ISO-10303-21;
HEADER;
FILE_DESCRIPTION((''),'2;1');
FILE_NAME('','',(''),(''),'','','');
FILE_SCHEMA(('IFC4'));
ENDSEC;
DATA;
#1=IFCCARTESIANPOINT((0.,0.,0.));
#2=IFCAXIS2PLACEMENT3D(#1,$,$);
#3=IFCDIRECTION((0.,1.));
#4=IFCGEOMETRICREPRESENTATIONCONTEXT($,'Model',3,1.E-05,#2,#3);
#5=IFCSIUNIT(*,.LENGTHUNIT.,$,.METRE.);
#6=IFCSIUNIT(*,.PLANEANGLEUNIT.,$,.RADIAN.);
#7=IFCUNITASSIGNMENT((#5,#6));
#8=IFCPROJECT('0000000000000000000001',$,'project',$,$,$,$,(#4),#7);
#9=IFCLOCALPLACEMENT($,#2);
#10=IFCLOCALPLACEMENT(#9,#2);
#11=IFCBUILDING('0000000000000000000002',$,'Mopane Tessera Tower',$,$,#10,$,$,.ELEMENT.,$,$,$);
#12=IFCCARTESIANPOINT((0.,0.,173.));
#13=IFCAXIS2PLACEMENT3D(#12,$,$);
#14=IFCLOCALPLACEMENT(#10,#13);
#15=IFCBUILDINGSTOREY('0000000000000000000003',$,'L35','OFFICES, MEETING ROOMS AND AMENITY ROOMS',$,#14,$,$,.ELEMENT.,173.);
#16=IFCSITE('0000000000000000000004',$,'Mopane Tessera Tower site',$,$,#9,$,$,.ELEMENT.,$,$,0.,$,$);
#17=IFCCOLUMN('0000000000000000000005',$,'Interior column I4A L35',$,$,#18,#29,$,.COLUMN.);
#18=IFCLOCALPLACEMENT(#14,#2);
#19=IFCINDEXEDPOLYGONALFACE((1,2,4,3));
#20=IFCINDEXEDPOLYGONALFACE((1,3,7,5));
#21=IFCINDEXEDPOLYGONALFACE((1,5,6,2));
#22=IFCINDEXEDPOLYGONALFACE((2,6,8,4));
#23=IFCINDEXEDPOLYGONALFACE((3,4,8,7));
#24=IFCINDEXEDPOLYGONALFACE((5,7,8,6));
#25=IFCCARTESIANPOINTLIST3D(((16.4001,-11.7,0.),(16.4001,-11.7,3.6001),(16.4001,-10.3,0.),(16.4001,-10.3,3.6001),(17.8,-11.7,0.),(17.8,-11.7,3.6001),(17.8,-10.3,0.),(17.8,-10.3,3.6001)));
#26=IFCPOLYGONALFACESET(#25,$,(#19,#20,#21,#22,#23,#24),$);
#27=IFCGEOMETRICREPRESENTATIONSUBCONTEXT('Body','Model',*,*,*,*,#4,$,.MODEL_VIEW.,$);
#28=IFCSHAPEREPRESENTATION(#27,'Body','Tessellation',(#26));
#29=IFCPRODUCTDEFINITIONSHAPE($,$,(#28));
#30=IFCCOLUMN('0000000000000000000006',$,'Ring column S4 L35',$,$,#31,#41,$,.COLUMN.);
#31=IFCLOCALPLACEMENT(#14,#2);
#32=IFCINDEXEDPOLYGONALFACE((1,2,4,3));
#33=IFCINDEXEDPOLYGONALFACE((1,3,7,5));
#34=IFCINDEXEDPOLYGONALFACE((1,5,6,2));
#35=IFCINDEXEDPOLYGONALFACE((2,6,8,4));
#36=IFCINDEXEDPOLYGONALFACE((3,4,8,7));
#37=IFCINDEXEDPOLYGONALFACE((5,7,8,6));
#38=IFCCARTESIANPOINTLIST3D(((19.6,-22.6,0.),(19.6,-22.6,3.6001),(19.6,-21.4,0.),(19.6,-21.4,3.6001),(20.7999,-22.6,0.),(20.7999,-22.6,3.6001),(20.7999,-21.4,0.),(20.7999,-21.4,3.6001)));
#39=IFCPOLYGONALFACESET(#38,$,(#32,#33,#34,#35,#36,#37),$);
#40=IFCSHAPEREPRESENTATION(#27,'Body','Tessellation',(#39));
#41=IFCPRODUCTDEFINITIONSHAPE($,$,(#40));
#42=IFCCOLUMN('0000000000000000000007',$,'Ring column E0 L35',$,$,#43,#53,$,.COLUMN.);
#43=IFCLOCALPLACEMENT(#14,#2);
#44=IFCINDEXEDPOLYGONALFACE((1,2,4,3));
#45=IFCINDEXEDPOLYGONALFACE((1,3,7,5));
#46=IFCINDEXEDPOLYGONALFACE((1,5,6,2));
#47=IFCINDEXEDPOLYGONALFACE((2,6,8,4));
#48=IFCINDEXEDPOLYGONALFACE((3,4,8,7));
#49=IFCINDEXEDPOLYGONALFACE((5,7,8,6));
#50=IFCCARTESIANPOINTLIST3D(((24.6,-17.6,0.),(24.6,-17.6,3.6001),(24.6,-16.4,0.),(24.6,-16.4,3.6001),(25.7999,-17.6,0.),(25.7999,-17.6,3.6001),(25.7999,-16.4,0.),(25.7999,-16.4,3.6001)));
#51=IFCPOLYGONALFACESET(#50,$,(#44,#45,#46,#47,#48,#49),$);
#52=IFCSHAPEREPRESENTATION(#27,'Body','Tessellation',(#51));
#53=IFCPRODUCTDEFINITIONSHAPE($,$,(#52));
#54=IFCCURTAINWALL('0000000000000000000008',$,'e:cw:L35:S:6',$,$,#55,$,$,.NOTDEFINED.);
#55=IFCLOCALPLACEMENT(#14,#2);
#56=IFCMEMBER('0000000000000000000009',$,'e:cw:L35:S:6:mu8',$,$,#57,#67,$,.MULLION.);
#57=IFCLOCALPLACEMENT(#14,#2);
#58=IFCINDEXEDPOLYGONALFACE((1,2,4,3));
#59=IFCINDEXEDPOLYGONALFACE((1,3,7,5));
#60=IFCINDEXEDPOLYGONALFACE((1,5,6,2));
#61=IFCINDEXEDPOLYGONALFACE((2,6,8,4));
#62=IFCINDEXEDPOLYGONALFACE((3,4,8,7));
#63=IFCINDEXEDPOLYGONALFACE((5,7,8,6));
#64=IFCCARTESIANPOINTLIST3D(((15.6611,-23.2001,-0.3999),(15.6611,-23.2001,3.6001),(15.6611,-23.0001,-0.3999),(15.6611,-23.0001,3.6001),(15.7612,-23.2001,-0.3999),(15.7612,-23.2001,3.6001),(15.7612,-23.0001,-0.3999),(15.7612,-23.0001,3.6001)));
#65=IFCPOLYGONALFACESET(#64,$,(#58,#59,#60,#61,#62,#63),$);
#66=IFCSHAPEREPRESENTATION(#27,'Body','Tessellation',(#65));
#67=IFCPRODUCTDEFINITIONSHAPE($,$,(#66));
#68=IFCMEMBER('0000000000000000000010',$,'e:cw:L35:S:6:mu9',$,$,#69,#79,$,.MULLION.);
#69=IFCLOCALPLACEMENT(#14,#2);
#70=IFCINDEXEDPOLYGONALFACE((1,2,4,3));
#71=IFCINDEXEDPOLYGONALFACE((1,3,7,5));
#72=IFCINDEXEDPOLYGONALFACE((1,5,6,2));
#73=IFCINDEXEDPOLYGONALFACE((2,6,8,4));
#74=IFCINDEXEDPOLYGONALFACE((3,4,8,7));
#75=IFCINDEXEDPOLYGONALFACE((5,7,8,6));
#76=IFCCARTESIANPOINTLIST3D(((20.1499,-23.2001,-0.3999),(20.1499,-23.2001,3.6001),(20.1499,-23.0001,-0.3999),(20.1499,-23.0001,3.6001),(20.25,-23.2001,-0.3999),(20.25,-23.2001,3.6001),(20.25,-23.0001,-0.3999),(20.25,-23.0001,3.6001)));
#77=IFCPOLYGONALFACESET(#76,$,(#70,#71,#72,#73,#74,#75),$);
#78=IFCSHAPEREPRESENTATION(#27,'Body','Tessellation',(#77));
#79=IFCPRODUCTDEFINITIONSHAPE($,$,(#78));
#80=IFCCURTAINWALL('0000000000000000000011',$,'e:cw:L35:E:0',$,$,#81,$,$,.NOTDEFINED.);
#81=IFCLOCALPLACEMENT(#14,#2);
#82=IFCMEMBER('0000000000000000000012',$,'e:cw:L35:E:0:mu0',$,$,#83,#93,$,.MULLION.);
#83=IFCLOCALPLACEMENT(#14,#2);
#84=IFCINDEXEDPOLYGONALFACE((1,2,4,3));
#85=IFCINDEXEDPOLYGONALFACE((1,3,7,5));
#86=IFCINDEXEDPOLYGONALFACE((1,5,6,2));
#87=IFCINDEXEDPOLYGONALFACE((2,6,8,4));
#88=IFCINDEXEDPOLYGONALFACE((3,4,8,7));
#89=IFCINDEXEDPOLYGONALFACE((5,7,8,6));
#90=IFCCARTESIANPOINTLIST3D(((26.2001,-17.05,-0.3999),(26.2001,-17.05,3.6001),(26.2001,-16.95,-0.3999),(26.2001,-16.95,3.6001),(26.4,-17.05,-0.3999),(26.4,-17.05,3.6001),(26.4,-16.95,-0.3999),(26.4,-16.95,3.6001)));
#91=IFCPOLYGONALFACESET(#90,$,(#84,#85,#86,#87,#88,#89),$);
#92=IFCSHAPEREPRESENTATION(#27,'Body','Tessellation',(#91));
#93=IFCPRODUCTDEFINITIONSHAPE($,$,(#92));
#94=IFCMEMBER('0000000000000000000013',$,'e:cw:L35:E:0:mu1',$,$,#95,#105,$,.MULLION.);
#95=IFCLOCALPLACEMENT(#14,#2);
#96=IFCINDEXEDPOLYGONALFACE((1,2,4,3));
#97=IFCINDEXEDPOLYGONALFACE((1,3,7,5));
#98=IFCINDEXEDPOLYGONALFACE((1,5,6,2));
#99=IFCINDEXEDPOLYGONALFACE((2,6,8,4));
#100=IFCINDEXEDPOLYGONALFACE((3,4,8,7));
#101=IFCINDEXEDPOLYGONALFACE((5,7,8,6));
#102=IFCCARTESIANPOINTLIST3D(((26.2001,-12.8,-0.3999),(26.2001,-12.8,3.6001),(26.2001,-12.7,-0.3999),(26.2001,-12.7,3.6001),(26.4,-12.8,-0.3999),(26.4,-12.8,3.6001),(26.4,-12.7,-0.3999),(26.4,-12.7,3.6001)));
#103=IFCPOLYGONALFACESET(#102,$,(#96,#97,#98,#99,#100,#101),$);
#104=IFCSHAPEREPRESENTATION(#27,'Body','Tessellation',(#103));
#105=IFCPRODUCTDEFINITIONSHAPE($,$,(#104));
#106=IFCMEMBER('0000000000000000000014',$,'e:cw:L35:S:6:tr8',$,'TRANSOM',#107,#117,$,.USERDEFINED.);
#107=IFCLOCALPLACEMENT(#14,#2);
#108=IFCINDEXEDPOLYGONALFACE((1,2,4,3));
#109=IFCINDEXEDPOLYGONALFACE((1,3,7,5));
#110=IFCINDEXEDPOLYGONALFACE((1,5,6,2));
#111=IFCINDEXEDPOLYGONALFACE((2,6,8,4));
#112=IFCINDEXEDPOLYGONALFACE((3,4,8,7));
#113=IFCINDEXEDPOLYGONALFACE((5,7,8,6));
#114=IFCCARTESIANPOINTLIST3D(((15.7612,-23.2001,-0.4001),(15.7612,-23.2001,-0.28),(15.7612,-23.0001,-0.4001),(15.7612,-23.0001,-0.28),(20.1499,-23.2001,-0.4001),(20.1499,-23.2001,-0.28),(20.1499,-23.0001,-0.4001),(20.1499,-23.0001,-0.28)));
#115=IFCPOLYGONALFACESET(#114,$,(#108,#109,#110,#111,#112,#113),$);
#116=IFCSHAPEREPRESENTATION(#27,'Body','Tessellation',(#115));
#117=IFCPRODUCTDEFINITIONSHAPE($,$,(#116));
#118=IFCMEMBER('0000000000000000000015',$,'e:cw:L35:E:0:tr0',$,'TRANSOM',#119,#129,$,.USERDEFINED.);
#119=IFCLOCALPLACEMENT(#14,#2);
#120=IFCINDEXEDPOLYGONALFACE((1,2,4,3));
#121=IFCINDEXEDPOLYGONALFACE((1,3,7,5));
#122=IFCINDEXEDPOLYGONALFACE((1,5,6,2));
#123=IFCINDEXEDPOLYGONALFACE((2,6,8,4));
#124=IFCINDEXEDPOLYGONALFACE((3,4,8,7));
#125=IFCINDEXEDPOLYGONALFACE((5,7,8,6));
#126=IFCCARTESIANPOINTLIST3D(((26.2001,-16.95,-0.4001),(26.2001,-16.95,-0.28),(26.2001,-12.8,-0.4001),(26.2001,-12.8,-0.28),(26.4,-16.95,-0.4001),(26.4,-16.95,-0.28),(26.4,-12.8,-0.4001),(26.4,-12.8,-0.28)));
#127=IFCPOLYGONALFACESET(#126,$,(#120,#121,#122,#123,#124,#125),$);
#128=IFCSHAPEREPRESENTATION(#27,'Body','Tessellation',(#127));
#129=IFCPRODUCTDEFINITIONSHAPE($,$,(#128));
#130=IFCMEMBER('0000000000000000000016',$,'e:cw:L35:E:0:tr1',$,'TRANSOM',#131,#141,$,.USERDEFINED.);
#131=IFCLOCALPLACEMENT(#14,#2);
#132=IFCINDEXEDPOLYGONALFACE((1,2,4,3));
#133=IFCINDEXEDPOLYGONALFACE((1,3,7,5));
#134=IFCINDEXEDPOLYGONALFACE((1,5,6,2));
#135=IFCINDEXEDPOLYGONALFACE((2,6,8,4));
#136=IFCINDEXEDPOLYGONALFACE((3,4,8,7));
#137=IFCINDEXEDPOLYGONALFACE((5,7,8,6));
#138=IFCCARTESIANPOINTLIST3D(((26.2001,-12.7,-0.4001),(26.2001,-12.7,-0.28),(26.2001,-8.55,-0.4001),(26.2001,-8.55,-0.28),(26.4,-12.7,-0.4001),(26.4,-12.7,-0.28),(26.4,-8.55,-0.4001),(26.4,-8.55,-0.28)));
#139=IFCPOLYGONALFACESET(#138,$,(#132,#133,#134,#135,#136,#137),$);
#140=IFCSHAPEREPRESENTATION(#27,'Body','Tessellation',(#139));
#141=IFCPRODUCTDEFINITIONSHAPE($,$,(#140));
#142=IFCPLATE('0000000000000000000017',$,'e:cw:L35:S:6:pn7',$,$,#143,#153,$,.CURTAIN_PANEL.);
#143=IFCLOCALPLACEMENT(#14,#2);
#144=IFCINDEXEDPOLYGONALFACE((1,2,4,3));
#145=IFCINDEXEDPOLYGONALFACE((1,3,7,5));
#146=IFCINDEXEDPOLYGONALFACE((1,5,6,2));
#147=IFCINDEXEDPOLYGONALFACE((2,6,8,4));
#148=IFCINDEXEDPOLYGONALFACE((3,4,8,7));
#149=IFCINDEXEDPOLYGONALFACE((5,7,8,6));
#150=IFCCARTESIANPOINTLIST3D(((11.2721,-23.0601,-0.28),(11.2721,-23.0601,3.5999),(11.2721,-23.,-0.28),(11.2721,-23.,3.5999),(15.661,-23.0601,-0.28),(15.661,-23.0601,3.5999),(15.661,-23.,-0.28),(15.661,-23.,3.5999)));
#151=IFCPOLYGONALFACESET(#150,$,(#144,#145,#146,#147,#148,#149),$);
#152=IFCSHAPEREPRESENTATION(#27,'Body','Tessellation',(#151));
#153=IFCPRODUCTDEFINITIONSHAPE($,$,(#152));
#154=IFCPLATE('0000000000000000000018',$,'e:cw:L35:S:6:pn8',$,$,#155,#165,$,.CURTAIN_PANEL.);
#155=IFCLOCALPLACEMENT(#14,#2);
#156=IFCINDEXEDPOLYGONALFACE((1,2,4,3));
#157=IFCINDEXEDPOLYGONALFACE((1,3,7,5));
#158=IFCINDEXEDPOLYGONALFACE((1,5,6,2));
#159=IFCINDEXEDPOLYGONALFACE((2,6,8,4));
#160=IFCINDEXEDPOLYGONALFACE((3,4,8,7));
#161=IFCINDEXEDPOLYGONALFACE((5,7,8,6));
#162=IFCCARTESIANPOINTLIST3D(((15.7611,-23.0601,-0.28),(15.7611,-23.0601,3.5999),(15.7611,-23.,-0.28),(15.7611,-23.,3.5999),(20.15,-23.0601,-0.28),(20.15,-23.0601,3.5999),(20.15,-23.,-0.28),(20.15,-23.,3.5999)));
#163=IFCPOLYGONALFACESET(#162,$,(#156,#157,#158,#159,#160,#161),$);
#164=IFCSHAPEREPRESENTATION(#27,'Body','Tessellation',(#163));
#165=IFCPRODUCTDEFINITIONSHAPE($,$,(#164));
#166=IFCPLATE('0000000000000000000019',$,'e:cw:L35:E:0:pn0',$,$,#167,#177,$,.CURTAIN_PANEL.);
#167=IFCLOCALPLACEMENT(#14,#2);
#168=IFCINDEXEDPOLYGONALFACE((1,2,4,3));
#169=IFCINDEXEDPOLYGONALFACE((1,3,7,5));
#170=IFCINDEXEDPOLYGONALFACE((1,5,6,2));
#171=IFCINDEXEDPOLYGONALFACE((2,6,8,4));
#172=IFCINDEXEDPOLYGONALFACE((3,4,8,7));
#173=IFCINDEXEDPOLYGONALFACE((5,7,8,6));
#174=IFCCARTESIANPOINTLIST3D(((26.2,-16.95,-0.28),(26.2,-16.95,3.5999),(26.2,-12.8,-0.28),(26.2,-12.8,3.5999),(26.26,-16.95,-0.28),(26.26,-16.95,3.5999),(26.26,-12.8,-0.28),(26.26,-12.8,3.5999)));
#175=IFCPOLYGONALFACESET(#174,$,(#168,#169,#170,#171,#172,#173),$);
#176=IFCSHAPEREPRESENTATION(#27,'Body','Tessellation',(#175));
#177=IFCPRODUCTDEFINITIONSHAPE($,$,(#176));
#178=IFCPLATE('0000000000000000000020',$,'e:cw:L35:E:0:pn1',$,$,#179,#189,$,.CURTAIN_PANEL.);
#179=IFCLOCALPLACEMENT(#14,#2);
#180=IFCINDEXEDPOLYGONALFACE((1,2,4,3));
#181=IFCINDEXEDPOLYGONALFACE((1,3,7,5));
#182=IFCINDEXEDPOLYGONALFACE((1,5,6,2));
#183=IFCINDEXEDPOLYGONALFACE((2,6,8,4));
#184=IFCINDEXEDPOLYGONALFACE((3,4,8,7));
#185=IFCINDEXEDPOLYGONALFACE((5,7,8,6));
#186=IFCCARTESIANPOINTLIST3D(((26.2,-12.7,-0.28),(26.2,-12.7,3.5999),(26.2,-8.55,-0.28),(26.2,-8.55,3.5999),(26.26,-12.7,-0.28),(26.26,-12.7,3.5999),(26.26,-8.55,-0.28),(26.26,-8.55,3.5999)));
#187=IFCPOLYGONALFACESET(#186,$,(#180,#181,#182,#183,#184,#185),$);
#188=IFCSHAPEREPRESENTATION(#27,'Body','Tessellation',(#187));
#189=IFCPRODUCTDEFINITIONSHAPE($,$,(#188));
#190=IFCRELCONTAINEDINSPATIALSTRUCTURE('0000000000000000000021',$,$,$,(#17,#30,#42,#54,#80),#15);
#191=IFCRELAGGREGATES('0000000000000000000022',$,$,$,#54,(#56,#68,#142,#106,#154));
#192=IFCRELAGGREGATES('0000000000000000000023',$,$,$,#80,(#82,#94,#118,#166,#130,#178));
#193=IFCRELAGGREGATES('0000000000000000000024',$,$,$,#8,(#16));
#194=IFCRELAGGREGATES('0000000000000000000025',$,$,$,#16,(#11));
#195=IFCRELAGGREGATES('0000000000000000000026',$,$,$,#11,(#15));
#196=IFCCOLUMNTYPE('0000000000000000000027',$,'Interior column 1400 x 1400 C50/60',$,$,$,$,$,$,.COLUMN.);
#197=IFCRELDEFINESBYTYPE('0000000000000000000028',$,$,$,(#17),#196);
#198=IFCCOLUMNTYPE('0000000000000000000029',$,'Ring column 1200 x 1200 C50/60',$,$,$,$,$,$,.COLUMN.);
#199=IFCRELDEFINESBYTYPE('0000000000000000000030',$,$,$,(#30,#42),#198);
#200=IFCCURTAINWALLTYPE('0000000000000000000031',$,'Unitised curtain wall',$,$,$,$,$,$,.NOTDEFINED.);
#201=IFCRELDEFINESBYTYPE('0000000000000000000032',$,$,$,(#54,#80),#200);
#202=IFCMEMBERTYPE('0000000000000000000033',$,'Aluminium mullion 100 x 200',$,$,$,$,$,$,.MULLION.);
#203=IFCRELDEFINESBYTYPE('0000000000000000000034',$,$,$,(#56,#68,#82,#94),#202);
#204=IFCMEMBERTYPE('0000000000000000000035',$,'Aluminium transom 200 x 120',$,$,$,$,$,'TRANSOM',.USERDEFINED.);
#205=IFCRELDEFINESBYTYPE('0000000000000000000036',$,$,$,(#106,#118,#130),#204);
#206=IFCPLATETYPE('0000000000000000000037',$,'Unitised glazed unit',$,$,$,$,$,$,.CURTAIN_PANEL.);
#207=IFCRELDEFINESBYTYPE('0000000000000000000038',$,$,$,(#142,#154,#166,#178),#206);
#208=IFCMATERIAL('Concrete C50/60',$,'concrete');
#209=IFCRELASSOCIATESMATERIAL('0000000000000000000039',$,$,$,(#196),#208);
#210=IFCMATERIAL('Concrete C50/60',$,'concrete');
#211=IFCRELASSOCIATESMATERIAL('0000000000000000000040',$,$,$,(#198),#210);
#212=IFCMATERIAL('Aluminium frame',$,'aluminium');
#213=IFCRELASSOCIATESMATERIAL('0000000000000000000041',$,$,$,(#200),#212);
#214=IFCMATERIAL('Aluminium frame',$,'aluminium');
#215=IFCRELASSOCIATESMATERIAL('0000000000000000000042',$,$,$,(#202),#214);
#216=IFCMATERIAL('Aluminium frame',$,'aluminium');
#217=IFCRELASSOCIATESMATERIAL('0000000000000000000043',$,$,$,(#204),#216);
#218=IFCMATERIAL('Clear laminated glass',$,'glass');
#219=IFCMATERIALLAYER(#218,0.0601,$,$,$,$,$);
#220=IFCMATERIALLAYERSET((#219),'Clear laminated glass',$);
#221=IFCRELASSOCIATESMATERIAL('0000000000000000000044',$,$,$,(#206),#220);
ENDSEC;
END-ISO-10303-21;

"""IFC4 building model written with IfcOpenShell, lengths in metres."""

from ifc_helpers import new_model, si_unit, direction, frame, origin, origin_2d, place, context, subcontext, project, spatial, rectangle, extrude, material, layer, layer_set, material_profile, profile_set, type_object, element, aggregate, save


model = new_model("IFC4")

# Units and contexts
model_context = context("Model", 3, precision=1e-05, world=origin(), true_north=direction((0.0, 1.0)))
body_context = subcontext(model_context, "Body", "Model", "MODEL_VIEW")
ifc_project = project(units=[si_unit("LENGTHUNIT", "METRE"), si_unit("PLANEANGLEUNIT", "RADIAN")], contexts=[model_context])

# Site, building, storey
site_placement = place(None, origin())
site = spatial("IfcSite", under=ifc_project, at=site_placement, Name="Mopane Tessera Tower site", CompositionType="ELEMENT", RefElevation=0.0)
building_placement = place(site_placement, origin())
building = spatial("IfcBuilding", under=site, at=building_placement, Name="Mopane Tessera Tower", CompositionType="ELEMENT")
storey_placement = place(building_placement, frame((0.0, 0.0, 173.0)))
storey = spatial("IfcBuildingStorey", under=building, at=storey_placement, Name="L35", Description="OFFICES, MEETING ROOMS AND AMENITY ROOMS", CompositionType="ELEMENT", Elevation=173.0)

# Columns
ifc_material_1 = material(Name="Concrete C50/60", Category="concrete")
ifc_material_profile_1 = material_profile(ifc_material_1, rectangle(XDim=1.3999, YDim=1.3999, at=origin_2d()))
ifc_profile_set_1 = profile_set([ifc_material_profile_1], Name="Concrete C50/60")
column_type_1 = type_object("IfcColumnType", Name="Interior column 1400 x 1400 C50/60", PredefinedType="COLUMN", material=ifc_profile_set_1)
column_placement = place(storey_placement, frame((17.1001, -11.0, 0.0), z_axis=(0.0, 0.0, 1.0), x_axis=(1.0, 0.0, 0.0)))
element("IfcColumn", 1, at=column_placement, inside=storey, type_object=column_type_1, Name="Interior column I4A L35", PredefinedType="COLUMN", context=body_context, shape_type="SweptSolid", body=[
    extrude(rectangle(XDim=1.3999, YDim=1.3999, at=origin_2d()), origin(), (0.0, 0.0, 1.0), 3.6001),
])
ifc_material_2 = material(Name="Concrete C50/60", Category="concrete")
ifc_material_profile_2 = material_profile(ifc_material_2, rectangle(XDim=1.2, YDim=1.2, at=origin_2d()))
ifc_profile_set_2 = profile_set([ifc_material_profile_2], Name="Concrete C50/60")
column_type_2 = type_object("IfcColumnType", Name="Ring column 1200 x 1200 C50/60", PredefinedType="COLUMN", material=ifc_profile_set_2)
for number, where, z_axis, x_axis, name in (
    (2, (20.2, -22.0, 0.0), (0.0, 0.0, 1.0), (1.0, 0.0, 0.0), "Ring column S4 L35"),
    (3, (25.2, -17.0, 0.0), (0.0, 0.0, 1.0), (1.0, 0.0, 0.0), "Ring column E0 L35"),
):
    element("IfcColumn", number, at=place(storey_placement, frame(where, z_axis=z_axis, x_axis=x_axis)), inside=storey, type_object=column_type_2, Name=name, PredefinedType="COLUMN", context=body_context, shape_type="SweptSolid", body=[
        extrude(rectangle(XDim=1.2, YDim=1.2, at=origin_2d()), origin(), (0.0, 0.0, 1.0), 3.6001),
    ])

# Curtain walls, members
ifc_material_3 = material(Name="Aluminium frame", Category="aluminium")
curtain_wall_type = type_object("IfcCurtainWallType", Name="Unitised curtain wall", PredefinedType="NOTDEFINED", material=ifc_material_3)
curtain_wall_1_placement = place(storey_placement, origin())
curtain_wall_1 = element("IfcCurtainWall", 4, at=curtain_wall_1_placement, inside=storey, type_object=curtain_wall_type, Name="e:cw:L35:S:6", PredefinedType="NOTDEFINED")
ifc_material_4 = material(Name="Aluminium frame", Category="aluminium")
ifc_material_profile_3 = material_profile(ifc_material_4, rectangle(XDim=0.1001, YDim=0.2, at=origin_2d()))
ifc_profile_set_3 = profile_set([ifc_material_profile_3], Name="Aluminium frame")
member_type_1 = type_object("IfcMemberType", Name="Aluminium mullion 100 x 200", PredefinedType="MULLION", material=ifc_profile_set_3)
member_1_placement = place(storey_placement, frame((15.7112, -23.1001, -0.3999), z_axis=(0.0, 0.0, 1.0), x_axis=(1.0, 0.0, 0.0)))
member_1 = element("IfcMember", 5, at=member_1_placement, type_object=member_type_1, Name="e:cw:L35:S:6:mu8", PredefinedType="MULLION", context=body_context, shape_type="SweptSolid", body=[
    extrude(rectangle(XDim=0.1001, YDim=0.2, at=origin_2d()), origin(), (0.0, 0.0, 1.0), 4.0),
])
member_2_placement = place(storey_placement, frame((20.2, -23.1001, -0.3999), z_axis=(0.0, 0.0, 1.0), x_axis=(1.0, 0.0, 0.0)))
member_2 = element("IfcMember", 6, at=member_2_placement, type_object=member_type_1, Name="e:cw:L35:S:6:mu9", PredefinedType="MULLION", context=body_context, shape_type="SweptSolid", body=[
    extrude(rectangle(XDim=0.1001, YDim=0.2, at=origin_2d()), origin(), (0.0, 0.0, 1.0), 4.0),
])
curtain_wall_2_placement = place(storey_placement, origin())
curtain_wall_2 = element("IfcCurtainWall", 7, at=curtain_wall_2_placement, inside=storey, type_object=curtain_wall_type, Name="e:cw:L35:E:0", PredefinedType="NOTDEFINED")
member_3_placement = place(storey_placement, frame((26.3, -17.0, -0.3999), z_axis=(0.0, 0.0, 1.0), x_axis=(0.0, 1.0, 0.0)))
member_3 = element("IfcMember", 8, at=member_3_placement, type_object=member_type_1, Name="e:cw:L35:E:0:mu0", PredefinedType="MULLION", context=body_context, shape_type="SweptSolid", body=[
    extrude(rectangle(XDim=0.1001, YDim=0.2, at=origin_2d()), origin(), (0.0, 0.0, 1.0), 4.0),
])
member_4_placement = place(storey_placement, frame((26.3, -12.75, -0.3999), z_axis=(0.0, 0.0, 1.0), x_axis=(0.0, 1.0, 0.0)))
member_4 = element("IfcMember", 9, at=member_4_placement, type_object=member_type_1, Name="e:cw:L35:E:0:mu1", PredefinedType="MULLION", context=body_context, shape_type="SweptSolid", body=[
    extrude(rectangle(XDim=0.1001, YDim=0.2, at=origin_2d()), origin(), (0.0, 0.0, 1.0), 4.0),
])

# Members
ifc_material_5 = material(Name="Aluminium frame", Category="aluminium")
ifc_material_profile_4 = material_profile(ifc_material_5, rectangle(XDim=0.2, YDim=0.1201, at=origin_2d()))
ifc_profile_set_4 = profile_set([ifc_material_profile_4], Name="Aluminium frame")
member_type_2 = type_object("IfcMemberType", Name="Aluminium transom 200 x 120", ElementType="TRANSOM", PredefinedType="USERDEFINED", material=ifc_profile_set_4)
member_5_placement = place(storey_placement, frame((15.7612, -23.1001, -0.3401), z_axis=(1.0, 0.0, 0.0), x_axis=(0.0, 1.0, 0.0)))
member_5 = element("IfcMember", 10, at=member_5_placement, type_object=member_type_2, Name="e:cw:L35:S:6:tr8", ObjectType="TRANSOM", PredefinedType="USERDEFINED", context=body_context, shape_type="SweptSolid", body=[
    extrude(rectangle(XDim=0.2, YDim=0.1201, at=origin_2d()), origin(), (0.0, 0.0, 1.0), 4.3887),
])
member_6_placement = place(storey_placement, frame((26.3, -16.95, -0.3401), z_axis=(0.0, 1.0, 0.0), x_axis=(-1.0, 0.0, 0.0)))
member_6 = element("IfcMember", 11, at=member_6_placement, type_object=member_type_2, Name="e:cw:L35:E:0:tr0", ObjectType="TRANSOM", PredefinedType="USERDEFINED", context=body_context, shape_type="SweptSolid", body=[
    extrude(rectangle(XDim=0.2, YDim=0.1201, at=origin_2d()), origin(), (0.0, 0.0, 1.0), 4.1499),
])
member_7_placement = place(storey_placement, frame((26.3, -12.7, -0.3401), z_axis=(0.0, 1.0, 0.0), x_axis=(-1.0, 0.0, 0.0)))
member_7 = element("IfcMember", 12, at=member_7_placement, type_object=member_type_2, Name="e:cw:L35:E:0:tr1", ObjectType="TRANSOM", PredefinedType="USERDEFINED", context=body_context, shape_type="SweptSolid", body=[
    extrude(rectangle(XDim=0.2, YDim=0.1201, at=origin_2d()), origin(), (0.0, 0.0, 1.0), 4.1499),
])

# Plates
ifc_material_6 = material(Name="Clear laminated glass", Category="glass")
ifc_layer_1 = layer(ifc_material_6, 0.0601)
ifc_layer_set_1 = layer_set([ifc_layer_1], Name="Clear laminated glass")
plate_type = type_object("IfcPlateType", Name="Unitised glazed unit", PredefinedType="CURTAIN_PANEL", material=ifc_layer_set_1)
plate_1_placement = place(storey_placement, frame((13.4666, -23.03, -0.28), z_axis=(0.0, 0.0, 1.0), x_axis=(1.0, 0.0, 0.0)))
plate_1 = element("IfcPlate", 13, at=plate_1_placement, type_object=plate_type, Name="e:cw:L35:S:6:pn7", PredefinedType="CURTAIN_PANEL", context=body_context, shape_type="SweptSolid", body=[
    extrude(rectangle(XDim=4.3889, YDim=0.0601, at=origin_2d()), origin(), (0.0, 0.0, 1.0), 3.8799),
])
plate_2_placement = place(storey_placement, frame((17.9556, -23.03, -0.28), z_axis=(0.0, 0.0, 1.0), x_axis=(1.0, 0.0, 0.0)))
plate_2 = element("IfcPlate", 14, at=plate_2_placement, type_object=plate_type, Name="e:cw:L35:S:6:pn8", PredefinedType="CURTAIN_PANEL", context=body_context, shape_type="SweptSolid", body=[
    extrude(rectangle(XDim=4.3889, YDim=0.0601, at=origin_2d()), origin(), (0.0, 0.0, 1.0), 3.8799),
])
aggregate(curtain_wall_1, [member_1, member_2, plate_1, member_5, plate_2])
plate_3_placement = place(storey_placement, frame((26.23, -14.875, -0.28), z_axis=(0.0, 0.0, 1.0), x_axis=(0.0, 1.0, 0.0)))
plate_3 = element("IfcPlate", 15, at=plate_3_placement, type_object=plate_type, Name="e:cw:L35:E:0:pn0", PredefinedType="CURTAIN_PANEL", context=body_context, shape_type="SweptSolid", body=[
    extrude(rectangle(XDim=4.1499, YDim=0.0601, at=origin_2d()), origin(), (0.0, 0.0, 1.0), 3.8799),
])
plate_4_placement = place(storey_placement, frame((26.23, -10.625, -0.28), z_axis=(0.0, 0.0, 1.0), x_axis=(0.0, 1.0, 0.0)))
plate_4 = element("IfcPlate", 16, at=plate_4_placement, type_object=plate_type, Name="e:cw:L35:E:0:pn1", PredefinedType="CURTAIN_PANEL", context=body_context, shape_type="SweptSolid", body=[
    extrude(rectangle(XDim=4.1499, YDim=0.0601, at=origin_2d()), origin(), (0.0, 0.0, 1.0), 3.8799),
])
aggregate(curtain_wall_2, [member_3, member_4, member_6, plate_3, member_7, plate_4])

save(model, "model.ifc")
